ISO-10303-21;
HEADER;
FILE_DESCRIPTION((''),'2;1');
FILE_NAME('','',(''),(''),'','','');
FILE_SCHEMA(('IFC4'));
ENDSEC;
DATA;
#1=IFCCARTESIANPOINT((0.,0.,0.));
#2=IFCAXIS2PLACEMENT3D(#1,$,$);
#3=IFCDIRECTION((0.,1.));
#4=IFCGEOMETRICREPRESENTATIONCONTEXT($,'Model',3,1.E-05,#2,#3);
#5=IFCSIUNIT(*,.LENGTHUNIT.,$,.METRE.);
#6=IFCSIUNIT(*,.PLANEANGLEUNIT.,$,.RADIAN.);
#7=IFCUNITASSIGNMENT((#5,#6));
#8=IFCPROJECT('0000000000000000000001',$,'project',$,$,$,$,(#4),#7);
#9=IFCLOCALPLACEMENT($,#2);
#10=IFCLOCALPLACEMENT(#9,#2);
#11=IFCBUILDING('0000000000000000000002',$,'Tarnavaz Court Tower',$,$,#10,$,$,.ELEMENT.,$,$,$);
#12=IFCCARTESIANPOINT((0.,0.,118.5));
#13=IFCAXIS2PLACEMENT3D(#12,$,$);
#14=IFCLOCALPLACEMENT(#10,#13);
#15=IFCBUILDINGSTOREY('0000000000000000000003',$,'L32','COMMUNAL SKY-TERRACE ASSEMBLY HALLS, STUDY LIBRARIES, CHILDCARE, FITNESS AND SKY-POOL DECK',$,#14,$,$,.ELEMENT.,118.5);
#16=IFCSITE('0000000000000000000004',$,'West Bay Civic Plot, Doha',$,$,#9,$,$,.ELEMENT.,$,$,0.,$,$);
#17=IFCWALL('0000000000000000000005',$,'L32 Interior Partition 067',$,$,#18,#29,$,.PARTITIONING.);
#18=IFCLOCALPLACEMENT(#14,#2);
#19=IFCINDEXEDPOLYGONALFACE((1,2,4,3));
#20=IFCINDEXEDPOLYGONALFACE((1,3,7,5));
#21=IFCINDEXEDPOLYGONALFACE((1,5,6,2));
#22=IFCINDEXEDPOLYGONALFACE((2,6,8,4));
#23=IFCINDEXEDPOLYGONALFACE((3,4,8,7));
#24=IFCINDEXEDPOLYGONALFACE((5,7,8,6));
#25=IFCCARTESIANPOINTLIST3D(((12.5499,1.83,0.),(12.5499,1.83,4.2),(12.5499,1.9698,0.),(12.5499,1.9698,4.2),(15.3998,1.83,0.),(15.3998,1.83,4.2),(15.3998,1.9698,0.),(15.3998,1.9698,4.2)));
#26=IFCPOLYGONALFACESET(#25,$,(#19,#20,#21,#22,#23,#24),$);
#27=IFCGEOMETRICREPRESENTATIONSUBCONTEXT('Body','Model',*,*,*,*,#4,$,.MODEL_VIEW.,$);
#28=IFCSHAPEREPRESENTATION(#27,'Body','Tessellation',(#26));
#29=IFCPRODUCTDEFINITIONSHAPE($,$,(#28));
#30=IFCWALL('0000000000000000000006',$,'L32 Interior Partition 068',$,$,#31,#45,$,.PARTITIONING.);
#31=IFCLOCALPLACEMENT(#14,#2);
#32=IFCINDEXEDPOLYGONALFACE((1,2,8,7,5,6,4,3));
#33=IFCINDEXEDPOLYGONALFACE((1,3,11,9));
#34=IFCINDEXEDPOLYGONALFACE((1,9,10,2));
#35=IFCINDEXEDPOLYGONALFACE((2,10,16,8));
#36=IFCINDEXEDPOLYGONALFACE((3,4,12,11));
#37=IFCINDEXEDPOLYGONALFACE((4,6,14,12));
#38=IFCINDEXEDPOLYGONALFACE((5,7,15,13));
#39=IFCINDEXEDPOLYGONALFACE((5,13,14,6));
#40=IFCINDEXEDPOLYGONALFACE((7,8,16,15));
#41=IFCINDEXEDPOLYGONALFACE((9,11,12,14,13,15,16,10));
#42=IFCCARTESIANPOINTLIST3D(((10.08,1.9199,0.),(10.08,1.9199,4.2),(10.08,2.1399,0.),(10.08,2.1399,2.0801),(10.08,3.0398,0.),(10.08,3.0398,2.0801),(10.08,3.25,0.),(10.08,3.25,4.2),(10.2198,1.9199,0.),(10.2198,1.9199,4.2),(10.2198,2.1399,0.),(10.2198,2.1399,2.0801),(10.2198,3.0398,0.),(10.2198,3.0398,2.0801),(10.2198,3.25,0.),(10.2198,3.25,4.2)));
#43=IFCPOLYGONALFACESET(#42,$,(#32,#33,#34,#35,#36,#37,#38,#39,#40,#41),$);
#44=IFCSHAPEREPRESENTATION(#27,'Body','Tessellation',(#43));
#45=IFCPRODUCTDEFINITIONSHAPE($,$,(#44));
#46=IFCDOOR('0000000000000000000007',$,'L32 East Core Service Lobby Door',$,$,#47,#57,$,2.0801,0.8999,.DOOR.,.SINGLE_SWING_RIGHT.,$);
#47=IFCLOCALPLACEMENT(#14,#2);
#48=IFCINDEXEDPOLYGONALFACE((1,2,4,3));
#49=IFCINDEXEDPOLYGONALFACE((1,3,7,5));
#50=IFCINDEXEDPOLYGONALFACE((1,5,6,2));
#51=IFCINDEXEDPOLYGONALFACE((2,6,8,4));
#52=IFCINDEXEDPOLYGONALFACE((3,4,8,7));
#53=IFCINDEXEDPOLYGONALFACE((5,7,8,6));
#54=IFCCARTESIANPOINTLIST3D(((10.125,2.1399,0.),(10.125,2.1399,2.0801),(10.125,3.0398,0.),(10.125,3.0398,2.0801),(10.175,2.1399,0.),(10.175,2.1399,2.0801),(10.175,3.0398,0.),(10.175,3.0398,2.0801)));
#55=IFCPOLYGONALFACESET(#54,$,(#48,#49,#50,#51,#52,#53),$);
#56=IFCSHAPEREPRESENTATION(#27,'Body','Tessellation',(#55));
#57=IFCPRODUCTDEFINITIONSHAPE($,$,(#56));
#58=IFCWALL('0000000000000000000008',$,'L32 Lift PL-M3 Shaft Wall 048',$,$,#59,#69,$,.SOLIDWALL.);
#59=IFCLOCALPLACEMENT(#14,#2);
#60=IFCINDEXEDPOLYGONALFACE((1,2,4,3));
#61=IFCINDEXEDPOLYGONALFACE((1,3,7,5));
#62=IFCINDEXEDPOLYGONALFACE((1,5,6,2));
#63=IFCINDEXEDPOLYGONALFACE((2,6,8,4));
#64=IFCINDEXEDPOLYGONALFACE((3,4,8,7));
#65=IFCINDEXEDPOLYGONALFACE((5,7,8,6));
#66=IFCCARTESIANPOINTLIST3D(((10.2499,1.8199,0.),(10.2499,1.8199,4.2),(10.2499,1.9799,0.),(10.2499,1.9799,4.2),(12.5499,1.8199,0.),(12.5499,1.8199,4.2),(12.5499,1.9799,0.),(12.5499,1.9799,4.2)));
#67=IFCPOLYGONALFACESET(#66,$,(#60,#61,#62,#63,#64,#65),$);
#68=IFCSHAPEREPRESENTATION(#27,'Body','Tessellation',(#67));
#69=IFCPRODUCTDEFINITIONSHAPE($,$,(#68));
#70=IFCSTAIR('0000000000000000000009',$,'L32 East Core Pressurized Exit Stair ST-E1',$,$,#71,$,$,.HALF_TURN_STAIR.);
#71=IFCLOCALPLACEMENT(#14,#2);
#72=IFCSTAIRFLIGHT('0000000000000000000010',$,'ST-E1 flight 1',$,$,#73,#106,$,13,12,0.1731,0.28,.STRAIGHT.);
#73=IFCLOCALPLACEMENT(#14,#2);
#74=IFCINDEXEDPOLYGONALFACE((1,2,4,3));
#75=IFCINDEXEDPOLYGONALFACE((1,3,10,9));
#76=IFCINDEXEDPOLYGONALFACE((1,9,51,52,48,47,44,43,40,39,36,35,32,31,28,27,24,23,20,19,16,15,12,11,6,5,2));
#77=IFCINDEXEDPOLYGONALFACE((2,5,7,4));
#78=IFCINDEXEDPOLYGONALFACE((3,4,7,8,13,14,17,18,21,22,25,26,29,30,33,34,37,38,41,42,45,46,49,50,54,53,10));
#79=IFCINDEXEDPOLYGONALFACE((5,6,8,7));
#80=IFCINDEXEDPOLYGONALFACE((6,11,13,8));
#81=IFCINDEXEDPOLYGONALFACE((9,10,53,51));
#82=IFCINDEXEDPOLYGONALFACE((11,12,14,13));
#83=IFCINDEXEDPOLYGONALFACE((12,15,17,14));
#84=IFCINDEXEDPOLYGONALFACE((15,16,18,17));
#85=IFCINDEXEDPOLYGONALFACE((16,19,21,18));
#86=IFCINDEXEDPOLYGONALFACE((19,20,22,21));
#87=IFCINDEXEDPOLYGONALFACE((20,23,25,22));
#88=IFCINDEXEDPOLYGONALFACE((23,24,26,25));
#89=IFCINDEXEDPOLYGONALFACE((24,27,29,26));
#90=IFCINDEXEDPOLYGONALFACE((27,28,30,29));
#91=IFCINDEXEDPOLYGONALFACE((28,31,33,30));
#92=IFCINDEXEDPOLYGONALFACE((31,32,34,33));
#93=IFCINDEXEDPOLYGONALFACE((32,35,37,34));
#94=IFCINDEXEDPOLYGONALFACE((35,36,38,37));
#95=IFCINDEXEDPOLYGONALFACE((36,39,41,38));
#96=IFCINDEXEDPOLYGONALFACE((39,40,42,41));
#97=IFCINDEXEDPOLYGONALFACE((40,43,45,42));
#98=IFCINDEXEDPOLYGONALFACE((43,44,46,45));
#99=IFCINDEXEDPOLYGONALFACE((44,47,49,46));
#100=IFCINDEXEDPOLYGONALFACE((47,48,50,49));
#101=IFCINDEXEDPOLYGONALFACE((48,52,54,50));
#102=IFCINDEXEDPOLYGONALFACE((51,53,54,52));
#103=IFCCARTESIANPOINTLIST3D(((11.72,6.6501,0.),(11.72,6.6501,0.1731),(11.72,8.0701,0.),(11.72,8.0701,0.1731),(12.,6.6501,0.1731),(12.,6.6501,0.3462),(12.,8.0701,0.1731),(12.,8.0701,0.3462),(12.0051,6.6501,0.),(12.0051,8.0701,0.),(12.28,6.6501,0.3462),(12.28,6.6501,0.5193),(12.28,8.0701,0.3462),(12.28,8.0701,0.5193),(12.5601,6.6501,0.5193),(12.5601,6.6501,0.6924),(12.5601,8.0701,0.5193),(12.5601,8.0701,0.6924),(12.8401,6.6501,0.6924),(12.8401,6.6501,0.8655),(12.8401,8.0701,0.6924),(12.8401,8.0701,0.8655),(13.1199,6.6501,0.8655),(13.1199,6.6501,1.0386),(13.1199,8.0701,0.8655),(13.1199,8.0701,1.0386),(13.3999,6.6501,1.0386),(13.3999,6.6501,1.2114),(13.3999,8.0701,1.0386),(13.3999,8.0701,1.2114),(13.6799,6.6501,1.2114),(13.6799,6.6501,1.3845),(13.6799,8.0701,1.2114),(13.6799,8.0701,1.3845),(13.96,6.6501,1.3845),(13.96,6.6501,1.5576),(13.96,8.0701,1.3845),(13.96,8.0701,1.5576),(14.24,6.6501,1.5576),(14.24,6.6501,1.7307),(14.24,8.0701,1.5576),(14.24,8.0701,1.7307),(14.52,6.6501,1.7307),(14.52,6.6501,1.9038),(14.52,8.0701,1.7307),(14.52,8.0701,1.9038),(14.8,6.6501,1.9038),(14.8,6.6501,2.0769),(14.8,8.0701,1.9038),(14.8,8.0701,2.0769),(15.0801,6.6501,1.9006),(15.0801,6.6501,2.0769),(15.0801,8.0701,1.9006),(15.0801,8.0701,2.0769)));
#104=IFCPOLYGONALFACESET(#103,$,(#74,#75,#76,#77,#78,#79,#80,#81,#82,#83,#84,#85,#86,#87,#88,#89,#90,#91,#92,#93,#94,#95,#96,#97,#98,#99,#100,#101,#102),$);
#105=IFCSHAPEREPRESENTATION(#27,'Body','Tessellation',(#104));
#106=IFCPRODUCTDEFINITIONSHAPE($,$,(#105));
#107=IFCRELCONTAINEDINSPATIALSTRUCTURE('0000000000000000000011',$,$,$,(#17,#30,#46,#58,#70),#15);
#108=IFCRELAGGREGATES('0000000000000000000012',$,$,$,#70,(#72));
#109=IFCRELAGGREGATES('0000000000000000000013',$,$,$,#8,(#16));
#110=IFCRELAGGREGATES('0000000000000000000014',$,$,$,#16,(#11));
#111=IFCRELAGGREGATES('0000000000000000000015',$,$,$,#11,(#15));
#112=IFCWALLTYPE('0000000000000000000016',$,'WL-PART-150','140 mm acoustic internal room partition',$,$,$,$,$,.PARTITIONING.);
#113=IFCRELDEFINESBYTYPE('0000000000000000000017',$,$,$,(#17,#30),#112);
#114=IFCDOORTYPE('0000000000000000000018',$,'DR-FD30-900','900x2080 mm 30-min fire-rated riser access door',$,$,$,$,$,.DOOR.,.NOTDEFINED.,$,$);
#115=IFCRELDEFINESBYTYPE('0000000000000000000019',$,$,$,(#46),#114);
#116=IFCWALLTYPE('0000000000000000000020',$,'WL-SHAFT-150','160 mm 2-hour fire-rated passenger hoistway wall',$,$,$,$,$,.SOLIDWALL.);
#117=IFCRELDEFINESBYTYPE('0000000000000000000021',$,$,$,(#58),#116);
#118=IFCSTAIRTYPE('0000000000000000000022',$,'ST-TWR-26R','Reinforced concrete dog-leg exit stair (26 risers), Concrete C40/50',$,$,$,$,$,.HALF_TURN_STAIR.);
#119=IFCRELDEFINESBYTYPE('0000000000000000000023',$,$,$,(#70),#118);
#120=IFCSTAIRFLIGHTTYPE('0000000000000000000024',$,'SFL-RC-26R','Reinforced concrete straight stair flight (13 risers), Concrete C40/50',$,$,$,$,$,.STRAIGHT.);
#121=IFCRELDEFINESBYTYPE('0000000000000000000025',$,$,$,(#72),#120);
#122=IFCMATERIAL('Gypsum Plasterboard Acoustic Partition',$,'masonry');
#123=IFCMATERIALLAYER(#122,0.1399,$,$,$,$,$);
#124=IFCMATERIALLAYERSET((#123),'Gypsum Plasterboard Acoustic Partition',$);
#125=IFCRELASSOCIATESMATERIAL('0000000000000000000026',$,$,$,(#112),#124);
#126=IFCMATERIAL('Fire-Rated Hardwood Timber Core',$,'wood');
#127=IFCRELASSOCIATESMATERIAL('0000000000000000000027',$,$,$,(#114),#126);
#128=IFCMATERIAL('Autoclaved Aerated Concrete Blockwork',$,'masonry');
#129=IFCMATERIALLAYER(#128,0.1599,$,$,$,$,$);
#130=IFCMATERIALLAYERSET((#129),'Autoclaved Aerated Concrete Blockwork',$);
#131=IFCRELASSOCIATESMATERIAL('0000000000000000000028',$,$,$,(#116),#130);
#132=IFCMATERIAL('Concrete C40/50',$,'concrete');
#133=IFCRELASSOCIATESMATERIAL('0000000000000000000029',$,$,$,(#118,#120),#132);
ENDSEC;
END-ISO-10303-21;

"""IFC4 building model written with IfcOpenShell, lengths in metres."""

from ifc_helpers import new_model, si_unit, direction, frame, frame_2d, origin, place, context, subcontext, project, spatial, polyline, rectangle, outline, extrude, material, layer, layer_set, type_object, element, fill, aggregate, save


model = new_model("IFC4")

# Units and contexts
model_context = context("Model", 3, precision=1e-05, world=origin(), true_north=direction((0.0, 1.0)))
body_context = subcontext(model_context, "Body", "Model", "MODEL_VIEW")
ifc_project = project(units=[si_unit("LENGTHUNIT", "METRE"), si_unit("PLANEANGLEUNIT", "RADIAN")], contexts=[model_context])

# Site, building, storey
site_placement = place(None, origin())
site = spatial("IfcSite", under=ifc_project, at=site_placement, Name="West Bay Civic Plot, Doha", CompositionType="ELEMENT", RefElevation=0.0)
building_placement = place(site_placement, origin())
building = spatial("IfcBuilding", under=site, at=building_placement, Name="Tarnavaz Court Tower", CompositionType="ELEMENT")
storey_placement = place(building_placement, frame((0.0, 0.0, 118.5)))
storey = spatial("IfcBuildingStorey", under=building, at=storey_placement, Name="L32", Description="COMMUNAL SKY-TERRACE ASSEMBLY HALLS, STUDY LIBRARIES, CHILDCARE, FITNESS AND SKY-POOL DECK", CompositionType="ELEMENT", Elevation=118.5)

# Shared definitions
ifc_material_1 = material(Name="Fire-Rated Hardwood Timber Core", Category="wood")

# Shared definitions
ifc_material_2 = material(Name="Autoclaved Aerated Concrete Blockwork", Category="masonry")

# Wall
ifc_material_3 = material(Name="Gypsum Plasterboard Acoustic Partition", Category="masonry")
ifc_layer_1 = layer(ifc_material_3, 0.1399)
ifc_layer_set_1 = layer_set([ifc_layer_1], Name="Gypsum Plasterboard Acoustic Partition")
wall_type_1 = type_object("IfcWallType", Name="WL-PART-150", Description="140 mm acoustic internal room partition", PredefinedType="PARTITIONING", material=ifc_layer_set_1)
wall_1_placement = place(storey_placement, frame((12.55, 1.8999, 0.0), z_axis=(0.0, 0.0, 1.0), x_axis=(1.0, 0.0, 0.0)))
element("IfcWall", 1, at=wall_1_placement, inside=storey, type_object=wall_type_1, Name="L32 Interior Partition 067", PredefinedType="PARTITIONING", context=body_context, shape_type="SweptSolid", body=[
    extrude(rectangle(XDim=2.8499, YDim=0.1399, at=frame_2d((1.4248, 0.0))), origin(), (0.0, 0.0, 1.0), 4.2),
])

# Wall, opening, door
wall_2_placement = place(storey_placement, frame((10.1499, 1.9199, 0.0), z_axis=(0.0, 0.0, 1.0), x_axis=(0.0, 1.0, 0.0)))
wall_2 = element("IfcWall", 2, at=wall_2_placement, inside=storey, type_object=wall_type_1, Name="L32 Interior Partition 068", PredefinedType="PARTITIONING", context=body_context, shape_type="SweptSolid", body=[
    extrude(rectangle(XDim=1.3301, YDim=0.1399, at=frame_2d((0.665, 0.0))), origin(), (0.0, 0.0, 1.0), 4.2),
])
opening_1_placement = place(wall_2_placement, frame((0.22, 0.0, 0.0)))
opening_1 = element("IfcOpeningElement", 3, at=opening_1_placement, cuts=wall_2, PredefinedType="OPENING", context=body_context, shape_type="SweptSolid", body=[
    extrude(rectangle(XDim=0.8999, YDim=2.0801, at=frame_2d((0.45, 1.04))), frame((0.0, 0.0798, 0.0), z_axis=(0.0, -1.0, 0.0), x_axis=(1.0, 0.0, 0.0)), (0.0, 0.0, 1.0), 0.1599),
])
door_type_1 = type_object("IfcDoorType", Name="DR-FD30-900", Description="900x2080 mm 30-min fire-rated riser access door", OperationType="NOTDEFINED", PredefinedType="DOOR", material=ifc_material_1)
door_1_placement = place(opening_1_placement, origin())
door_1 = element("IfcDoor", 4, at=door_1_placement, inside=storey, type_object=door_type_1, Name="L32 East Core Service Lobby Door", OperationType="SINGLE_SWING_RIGHT", OverallHeight=2.0801, OverallWidth=0.8999, PredefinedType="DOOR", context=body_context, shape_type="SweptSolid", body=[
    extrude(rectangle(XDim=0.8999, YDim=2.0801, at=frame_2d((0.45, 1.04))), frame((0.0, 0.0249, 0.0), z_axis=(0.0, -1.0, 0.0), x_axis=(1.0, 0.0, 0.0)), (0.0, 0.0, 1.0), 0.05),
])
fill(opening_1, door_1)

# Wall
ifc_layer_2 = layer(ifc_material_2, 0.1599)
ifc_layer_set_2 = layer_set([ifc_layer_2], Name="Autoclaved Aerated Concrete Blockwork")
wall_type_2 = type_object("IfcWallType", Name="WL-SHAFT-150", Description="160 mm 2-hour fire-rated passenger hoistway wall", PredefinedType="SOLIDWALL", material=ifc_layer_set_2)
wall_3_placement = place(storey_placement, frame((10.25, 1.8999, 0.0), z_axis=(0.0, 0.0, 1.0), x_axis=(1.0, 0.0, 0.0)))
element("IfcWall", 5, at=wall_3_placement, inside=storey, type_object=wall_type_2, Name="L32 Lift PL-M3 Shaft Wall 048", PredefinedType="SOLIDWALL", context=body_context, shape_type="SweptSolid", body=[
    extrude(rectangle(XDim=2.3, YDim=0.1599, at=frame_2d((1.1499, 0.0))), origin(), (0.0, 0.0, 1.0), 4.2),
])

# Stair, stair flight
ifc_material_4 = material(Name="Concrete C40/50", Category="concrete")
stair_type = type_object("IfcStairType", Name="ST-TWR-26R", Description="Reinforced concrete dog-leg exit stair (26 risers), Concrete C40/50", PredefinedType="HALF_TURN_STAIR", material=ifc_material_4)
stair_placement = place(storey_placement, origin())
stair = element("IfcStair", 6, at=stair_placement, inside=storey, type_object=stair_type, Name="L32 East Core Pressurized Exit Stair ST-E1", PredefinedType="HALF_TURN_STAIR")
stair_flight_type = type_object("IfcStairFlightType", Name="SFL-RC-26R", Description="Reinforced concrete straight stair flight (13 risers), Concrete C40/50", PredefinedType="STRAIGHT", material=ifc_material_4)
stair_flight_placement = place(storey_placement, frame((11.72, 7.3601, 0.0), z_axis=(0.0, 0.0, 1.0), x_axis=(1.0, 0.0, 0.0)))
stair_flight = element("IfcStairFlight", 7, at=stair_flight_placement, type_object=stair_flight_type, Name="ST-E1 flight 1", NumberOfRisers=13, NumberOfTreads=12, PredefinedType="STRAIGHT", RiserHeight=0.1731, TreadLength=0.28, context=body_context, shape_type="SweptSolid", body=[
    extrude(outline(polyline([(0.0, 0.0), (0.0, 0.1731), (0.28, 0.1731), (0.28, 0.3462), (0.5601, 0.3462), (0.5601, 0.5193), (0.8401, 0.5193), (0.8401, 0.6924), (1.1201, 0.6924), (1.1201, 0.8655), (1.3999, 0.8655), (1.3999, 1.0386), (1.6799, 1.0386), (1.6799, 1.2114), (1.96, 1.2114), (1.96, 1.3845), (2.24, 1.3845), (2.24, 1.5576), (2.52, 1.5576), (2.52, 1.7307), (2.8, 1.7307), (2.8, 1.9038), (3.0801, 1.9038), (3.0801, 2.0769), (3.3601, 2.0769), (3.3601, 2.25), (3.3601, 1.9006), (0.2852, 0.0), (0.0, 0.0)])), frame((0.0, 0.71, 0.0), z_axis=(0.0, -1.0, 0.0), x_axis=(1.0, 0.0, 0.0)), (0.0, 0.0, 1.0), 1.4199),
])
aggregate(stair, [stair_flight])

save(model, "model.ifc")
